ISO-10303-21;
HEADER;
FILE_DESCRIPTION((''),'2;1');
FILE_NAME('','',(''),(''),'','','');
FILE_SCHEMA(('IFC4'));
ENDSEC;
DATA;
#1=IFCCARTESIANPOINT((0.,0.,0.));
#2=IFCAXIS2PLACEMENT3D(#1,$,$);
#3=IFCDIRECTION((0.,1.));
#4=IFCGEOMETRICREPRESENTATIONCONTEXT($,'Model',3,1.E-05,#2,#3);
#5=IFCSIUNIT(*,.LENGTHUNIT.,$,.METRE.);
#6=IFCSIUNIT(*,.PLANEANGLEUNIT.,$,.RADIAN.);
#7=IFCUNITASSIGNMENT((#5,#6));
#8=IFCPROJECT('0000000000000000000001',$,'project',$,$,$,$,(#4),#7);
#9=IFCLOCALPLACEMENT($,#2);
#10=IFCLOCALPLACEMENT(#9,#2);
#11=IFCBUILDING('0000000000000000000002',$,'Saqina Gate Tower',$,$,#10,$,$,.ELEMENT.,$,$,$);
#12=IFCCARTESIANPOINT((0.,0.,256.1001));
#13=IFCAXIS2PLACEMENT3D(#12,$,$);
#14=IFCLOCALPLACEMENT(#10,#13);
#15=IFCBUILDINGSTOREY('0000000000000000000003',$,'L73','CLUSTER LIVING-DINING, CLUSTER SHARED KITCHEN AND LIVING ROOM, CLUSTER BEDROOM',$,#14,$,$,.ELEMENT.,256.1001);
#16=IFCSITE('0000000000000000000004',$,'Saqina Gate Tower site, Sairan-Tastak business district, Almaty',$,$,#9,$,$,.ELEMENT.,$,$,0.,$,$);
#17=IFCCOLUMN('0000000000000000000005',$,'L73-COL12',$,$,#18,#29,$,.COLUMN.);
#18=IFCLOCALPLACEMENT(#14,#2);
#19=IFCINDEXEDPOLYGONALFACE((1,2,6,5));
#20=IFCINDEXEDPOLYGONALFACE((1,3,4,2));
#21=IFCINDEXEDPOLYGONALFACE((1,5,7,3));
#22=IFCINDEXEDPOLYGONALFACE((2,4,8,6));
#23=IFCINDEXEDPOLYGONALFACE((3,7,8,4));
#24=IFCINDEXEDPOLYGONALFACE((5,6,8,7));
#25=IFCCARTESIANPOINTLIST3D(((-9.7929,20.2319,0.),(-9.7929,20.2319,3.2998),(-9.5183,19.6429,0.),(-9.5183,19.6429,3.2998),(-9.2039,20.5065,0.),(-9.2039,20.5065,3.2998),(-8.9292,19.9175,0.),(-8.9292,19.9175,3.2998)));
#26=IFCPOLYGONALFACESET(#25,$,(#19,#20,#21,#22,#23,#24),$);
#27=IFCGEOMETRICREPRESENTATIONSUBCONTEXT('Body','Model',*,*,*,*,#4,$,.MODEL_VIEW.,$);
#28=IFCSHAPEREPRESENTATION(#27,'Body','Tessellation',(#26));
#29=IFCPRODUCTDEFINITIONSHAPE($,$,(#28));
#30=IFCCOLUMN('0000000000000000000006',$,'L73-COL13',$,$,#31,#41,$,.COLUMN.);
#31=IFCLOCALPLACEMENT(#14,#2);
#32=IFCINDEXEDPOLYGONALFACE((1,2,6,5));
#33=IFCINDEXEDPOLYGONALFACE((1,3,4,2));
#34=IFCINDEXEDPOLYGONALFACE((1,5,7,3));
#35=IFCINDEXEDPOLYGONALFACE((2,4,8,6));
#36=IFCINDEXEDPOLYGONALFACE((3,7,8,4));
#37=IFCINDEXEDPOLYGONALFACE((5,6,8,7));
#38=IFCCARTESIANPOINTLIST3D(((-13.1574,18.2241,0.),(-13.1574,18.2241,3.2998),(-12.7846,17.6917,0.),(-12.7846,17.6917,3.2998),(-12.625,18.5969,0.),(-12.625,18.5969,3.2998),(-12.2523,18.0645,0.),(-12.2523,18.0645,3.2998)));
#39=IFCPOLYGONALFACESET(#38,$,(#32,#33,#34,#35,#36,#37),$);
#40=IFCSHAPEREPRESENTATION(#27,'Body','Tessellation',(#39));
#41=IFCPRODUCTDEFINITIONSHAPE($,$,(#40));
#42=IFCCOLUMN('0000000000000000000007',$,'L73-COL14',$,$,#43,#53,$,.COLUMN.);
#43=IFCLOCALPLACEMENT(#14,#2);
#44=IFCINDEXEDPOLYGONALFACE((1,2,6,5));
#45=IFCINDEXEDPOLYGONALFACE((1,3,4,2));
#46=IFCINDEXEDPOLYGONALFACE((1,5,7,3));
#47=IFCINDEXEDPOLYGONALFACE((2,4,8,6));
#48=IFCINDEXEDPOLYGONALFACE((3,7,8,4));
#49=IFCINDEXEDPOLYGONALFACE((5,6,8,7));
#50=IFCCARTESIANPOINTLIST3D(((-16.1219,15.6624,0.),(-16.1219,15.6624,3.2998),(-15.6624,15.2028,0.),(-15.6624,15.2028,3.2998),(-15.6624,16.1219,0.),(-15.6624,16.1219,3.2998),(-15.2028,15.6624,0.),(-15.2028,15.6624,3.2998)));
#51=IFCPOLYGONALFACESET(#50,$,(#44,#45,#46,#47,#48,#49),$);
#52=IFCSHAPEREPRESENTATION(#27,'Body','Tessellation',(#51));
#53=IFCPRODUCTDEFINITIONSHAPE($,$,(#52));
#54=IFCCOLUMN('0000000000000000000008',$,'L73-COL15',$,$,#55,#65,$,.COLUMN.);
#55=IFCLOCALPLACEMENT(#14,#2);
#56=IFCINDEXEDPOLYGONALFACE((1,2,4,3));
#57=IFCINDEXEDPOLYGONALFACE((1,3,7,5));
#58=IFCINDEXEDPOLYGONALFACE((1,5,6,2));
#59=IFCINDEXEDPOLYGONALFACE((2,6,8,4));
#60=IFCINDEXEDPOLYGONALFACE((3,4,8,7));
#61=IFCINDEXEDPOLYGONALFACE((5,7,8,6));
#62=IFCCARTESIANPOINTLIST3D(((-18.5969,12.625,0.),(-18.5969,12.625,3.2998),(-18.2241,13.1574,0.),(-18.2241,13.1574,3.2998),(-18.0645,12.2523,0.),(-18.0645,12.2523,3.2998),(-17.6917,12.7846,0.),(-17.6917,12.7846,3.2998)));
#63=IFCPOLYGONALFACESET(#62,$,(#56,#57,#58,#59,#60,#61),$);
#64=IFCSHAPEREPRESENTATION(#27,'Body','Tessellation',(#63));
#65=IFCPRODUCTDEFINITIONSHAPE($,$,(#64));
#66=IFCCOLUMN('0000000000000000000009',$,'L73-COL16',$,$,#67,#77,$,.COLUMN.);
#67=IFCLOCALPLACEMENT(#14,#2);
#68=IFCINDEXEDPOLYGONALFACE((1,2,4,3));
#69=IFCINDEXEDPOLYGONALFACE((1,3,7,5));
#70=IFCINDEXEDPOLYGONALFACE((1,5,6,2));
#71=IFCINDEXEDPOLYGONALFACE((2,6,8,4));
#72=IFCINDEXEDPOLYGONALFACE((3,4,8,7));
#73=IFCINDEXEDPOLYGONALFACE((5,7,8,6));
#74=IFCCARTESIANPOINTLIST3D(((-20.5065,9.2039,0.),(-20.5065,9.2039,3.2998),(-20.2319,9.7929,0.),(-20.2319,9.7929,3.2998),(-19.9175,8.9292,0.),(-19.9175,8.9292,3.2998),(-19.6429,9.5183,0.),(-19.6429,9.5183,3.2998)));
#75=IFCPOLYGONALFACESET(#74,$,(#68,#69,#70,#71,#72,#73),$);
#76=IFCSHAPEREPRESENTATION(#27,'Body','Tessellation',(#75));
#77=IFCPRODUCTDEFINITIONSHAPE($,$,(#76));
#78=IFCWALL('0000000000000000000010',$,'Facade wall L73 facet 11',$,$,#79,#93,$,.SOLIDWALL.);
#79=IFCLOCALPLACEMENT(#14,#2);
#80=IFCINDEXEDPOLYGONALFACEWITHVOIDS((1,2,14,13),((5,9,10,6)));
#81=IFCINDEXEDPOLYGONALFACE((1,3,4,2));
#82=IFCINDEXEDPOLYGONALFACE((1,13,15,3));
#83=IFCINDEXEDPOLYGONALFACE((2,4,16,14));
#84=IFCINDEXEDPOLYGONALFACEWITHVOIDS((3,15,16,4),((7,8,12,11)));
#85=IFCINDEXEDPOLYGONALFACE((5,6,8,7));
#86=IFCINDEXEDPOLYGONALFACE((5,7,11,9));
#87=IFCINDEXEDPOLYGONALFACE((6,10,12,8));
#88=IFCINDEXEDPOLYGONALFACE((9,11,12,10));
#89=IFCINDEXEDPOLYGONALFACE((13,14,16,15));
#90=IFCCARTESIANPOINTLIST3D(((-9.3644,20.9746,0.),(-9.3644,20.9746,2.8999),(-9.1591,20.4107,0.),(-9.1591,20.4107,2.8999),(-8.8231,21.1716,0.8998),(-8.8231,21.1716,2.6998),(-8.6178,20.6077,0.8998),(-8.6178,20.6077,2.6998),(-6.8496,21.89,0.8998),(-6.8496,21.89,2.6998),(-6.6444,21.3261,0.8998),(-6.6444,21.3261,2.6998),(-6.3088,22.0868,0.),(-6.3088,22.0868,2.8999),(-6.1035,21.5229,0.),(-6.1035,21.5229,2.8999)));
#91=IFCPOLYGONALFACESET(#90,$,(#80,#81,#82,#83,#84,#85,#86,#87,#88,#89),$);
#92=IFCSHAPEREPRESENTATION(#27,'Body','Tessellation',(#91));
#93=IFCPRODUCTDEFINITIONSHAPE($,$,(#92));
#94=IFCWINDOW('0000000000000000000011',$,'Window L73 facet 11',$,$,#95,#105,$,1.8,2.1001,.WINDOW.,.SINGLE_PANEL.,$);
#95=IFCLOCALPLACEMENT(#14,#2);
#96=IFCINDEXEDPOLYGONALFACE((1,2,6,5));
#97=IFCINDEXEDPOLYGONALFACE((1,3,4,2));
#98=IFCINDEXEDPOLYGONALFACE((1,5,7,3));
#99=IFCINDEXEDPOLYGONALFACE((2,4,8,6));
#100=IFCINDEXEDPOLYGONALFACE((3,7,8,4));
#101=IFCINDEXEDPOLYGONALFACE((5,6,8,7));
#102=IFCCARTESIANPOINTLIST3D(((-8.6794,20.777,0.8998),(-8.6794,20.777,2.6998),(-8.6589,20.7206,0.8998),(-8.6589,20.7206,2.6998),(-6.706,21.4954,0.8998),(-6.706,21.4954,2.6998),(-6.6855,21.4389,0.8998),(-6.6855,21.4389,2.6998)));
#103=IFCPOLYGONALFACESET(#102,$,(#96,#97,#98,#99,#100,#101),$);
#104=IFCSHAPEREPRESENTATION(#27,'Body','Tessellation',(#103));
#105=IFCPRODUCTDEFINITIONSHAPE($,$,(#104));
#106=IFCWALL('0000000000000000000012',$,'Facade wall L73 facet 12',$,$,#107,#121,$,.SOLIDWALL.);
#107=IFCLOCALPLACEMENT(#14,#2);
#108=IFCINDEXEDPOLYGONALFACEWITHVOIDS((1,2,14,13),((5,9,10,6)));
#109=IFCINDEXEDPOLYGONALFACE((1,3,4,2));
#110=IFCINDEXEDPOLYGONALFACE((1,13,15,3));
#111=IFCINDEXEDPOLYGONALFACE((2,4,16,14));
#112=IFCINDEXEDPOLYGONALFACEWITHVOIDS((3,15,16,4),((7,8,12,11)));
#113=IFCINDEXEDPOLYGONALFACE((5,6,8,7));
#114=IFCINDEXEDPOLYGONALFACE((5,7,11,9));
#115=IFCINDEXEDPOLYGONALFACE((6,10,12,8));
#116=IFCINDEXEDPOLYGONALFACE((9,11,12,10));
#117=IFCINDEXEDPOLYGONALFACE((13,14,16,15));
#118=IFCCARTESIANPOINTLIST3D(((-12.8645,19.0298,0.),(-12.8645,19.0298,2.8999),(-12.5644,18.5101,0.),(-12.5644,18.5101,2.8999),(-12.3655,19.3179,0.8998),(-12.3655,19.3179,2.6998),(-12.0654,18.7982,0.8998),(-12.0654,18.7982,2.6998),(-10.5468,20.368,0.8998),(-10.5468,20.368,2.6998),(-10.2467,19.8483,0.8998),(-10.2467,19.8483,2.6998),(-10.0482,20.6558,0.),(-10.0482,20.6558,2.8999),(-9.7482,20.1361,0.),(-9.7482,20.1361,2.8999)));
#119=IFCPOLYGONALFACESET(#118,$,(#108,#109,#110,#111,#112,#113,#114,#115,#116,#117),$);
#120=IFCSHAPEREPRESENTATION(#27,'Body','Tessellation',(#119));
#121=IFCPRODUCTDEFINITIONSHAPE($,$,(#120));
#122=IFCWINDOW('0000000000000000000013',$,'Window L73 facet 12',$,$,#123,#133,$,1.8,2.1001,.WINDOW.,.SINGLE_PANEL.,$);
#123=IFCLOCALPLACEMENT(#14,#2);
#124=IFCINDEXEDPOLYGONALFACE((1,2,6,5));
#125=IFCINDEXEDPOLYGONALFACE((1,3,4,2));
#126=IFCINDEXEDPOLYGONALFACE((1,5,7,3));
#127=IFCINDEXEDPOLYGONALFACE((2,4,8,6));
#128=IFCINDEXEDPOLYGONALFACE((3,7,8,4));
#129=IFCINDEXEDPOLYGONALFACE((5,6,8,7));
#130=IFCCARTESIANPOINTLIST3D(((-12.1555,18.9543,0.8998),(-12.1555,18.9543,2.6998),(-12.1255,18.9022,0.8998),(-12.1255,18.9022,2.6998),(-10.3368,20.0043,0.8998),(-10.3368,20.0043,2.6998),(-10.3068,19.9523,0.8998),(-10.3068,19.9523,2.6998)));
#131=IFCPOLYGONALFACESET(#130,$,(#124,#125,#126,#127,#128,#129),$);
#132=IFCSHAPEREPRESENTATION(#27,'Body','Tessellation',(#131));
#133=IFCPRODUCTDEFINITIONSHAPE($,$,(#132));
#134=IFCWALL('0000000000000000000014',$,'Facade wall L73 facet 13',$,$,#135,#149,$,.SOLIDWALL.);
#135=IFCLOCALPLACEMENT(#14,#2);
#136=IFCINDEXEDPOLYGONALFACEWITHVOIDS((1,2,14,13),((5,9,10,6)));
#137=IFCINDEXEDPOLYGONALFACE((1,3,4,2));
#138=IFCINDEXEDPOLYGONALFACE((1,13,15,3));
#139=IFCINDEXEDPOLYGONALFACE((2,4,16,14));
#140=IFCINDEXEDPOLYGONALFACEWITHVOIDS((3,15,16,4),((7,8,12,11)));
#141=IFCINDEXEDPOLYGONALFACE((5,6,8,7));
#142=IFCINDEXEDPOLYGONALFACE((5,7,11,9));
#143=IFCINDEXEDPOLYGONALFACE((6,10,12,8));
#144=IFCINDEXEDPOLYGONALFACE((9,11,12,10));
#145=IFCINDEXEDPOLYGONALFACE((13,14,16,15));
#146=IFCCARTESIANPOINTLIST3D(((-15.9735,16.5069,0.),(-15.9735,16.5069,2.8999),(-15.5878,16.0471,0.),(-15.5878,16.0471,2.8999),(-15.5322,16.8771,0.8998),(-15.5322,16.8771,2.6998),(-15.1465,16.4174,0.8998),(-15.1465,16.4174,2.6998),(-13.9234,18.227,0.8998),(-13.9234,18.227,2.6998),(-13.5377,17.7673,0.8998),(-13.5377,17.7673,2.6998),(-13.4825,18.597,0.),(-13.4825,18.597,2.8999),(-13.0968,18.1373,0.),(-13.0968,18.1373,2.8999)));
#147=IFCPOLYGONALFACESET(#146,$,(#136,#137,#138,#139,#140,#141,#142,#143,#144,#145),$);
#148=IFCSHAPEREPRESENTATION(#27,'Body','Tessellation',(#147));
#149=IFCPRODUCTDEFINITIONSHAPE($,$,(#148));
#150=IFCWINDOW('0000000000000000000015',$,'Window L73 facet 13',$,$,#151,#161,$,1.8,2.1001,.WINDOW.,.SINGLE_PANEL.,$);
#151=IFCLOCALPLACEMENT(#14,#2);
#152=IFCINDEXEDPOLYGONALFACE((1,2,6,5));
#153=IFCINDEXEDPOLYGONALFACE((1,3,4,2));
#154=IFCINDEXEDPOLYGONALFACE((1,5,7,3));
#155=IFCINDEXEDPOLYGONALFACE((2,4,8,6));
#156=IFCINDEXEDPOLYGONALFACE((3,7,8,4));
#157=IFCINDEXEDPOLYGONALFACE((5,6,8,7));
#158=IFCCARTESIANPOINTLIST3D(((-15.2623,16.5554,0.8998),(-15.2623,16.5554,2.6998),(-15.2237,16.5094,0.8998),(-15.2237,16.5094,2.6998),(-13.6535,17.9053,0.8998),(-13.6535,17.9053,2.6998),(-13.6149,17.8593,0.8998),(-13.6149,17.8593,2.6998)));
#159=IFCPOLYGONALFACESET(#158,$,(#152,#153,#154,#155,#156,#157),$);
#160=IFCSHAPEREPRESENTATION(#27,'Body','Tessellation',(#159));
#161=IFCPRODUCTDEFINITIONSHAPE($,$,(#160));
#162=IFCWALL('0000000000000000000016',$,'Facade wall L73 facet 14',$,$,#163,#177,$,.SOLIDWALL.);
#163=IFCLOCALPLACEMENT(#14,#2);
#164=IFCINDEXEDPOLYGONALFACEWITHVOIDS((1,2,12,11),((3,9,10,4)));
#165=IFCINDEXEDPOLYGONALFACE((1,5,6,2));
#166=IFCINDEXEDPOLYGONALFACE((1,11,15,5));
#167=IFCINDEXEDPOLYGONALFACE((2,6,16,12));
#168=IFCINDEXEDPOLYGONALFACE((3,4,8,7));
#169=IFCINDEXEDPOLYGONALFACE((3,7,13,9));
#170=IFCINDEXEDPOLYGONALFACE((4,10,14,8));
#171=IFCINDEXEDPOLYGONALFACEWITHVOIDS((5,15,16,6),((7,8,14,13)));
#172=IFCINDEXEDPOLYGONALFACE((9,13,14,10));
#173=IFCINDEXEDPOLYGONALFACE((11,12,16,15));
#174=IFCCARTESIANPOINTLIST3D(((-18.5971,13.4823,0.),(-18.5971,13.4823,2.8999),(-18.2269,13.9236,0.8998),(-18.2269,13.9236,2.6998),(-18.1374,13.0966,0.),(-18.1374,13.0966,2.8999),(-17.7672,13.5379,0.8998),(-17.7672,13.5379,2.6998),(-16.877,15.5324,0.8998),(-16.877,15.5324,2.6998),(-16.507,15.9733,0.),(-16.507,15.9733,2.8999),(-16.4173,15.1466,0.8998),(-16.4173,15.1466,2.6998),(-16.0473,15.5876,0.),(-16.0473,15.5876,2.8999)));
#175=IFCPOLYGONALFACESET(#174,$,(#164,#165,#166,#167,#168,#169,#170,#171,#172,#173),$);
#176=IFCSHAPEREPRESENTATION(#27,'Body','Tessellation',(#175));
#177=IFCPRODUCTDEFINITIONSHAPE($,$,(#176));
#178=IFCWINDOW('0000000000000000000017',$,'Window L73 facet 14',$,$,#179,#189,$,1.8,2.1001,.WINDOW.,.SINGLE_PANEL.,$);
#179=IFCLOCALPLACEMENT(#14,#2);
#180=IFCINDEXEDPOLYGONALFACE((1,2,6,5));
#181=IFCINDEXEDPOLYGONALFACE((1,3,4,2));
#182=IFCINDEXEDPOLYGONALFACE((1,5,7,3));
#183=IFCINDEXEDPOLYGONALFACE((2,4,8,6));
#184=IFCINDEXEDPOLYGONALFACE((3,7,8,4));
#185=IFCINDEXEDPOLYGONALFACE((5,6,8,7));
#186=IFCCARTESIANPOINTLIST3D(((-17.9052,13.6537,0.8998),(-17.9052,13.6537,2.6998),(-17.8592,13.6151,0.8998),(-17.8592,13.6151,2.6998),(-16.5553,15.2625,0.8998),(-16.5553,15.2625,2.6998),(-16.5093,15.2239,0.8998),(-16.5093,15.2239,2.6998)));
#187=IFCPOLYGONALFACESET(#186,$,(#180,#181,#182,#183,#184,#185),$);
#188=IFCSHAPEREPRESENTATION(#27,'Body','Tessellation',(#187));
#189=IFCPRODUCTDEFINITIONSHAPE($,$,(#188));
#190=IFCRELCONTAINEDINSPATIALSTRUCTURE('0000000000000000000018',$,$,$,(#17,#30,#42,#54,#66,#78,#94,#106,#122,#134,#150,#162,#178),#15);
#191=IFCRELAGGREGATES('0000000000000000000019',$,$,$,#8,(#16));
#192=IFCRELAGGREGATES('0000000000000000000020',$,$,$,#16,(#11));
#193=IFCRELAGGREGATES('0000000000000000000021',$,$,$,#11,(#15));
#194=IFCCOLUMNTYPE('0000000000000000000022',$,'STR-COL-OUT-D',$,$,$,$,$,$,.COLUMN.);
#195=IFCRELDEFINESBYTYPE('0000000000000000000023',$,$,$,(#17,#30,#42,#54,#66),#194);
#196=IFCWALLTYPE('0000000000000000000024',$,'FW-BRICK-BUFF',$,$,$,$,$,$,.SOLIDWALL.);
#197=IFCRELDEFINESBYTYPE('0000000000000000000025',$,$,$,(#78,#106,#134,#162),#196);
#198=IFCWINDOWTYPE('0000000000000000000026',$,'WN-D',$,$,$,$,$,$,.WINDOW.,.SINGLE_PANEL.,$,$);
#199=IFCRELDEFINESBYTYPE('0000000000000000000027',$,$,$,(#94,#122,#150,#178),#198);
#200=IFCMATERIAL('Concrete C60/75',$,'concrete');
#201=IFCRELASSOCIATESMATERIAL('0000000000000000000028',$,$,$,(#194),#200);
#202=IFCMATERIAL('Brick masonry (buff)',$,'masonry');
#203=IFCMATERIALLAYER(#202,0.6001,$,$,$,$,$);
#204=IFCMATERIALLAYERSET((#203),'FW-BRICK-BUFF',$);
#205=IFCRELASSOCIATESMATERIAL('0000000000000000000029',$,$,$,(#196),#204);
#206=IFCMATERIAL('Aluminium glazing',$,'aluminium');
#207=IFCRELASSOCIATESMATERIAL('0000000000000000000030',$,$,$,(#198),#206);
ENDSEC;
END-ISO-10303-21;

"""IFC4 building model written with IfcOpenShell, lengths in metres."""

from ifc_helpers import new_model, si_unit, direction, frame, frame_2d, origin, origin_2d, place, context, subcontext, project, spatial, rectangle, extrude, material, layer, layer_set, material_profile, profile_set, type_object, element, fill, save


model = new_model("IFC4")

# Units and contexts
model_context = context("Model", 3, precision=1e-05, world=origin(), true_north=direction((0.0, 1.0)))
body_context = subcontext(model_context, "Body", "Model", "MODEL_VIEW")
ifc_project = project(units=[si_unit("LENGTHUNIT", "METRE"), si_unit("PLANEANGLEUNIT", "RADIAN")], contexts=[model_context])

# Site, building, storey
site_placement = place(None, origin())
site = spatial("IfcSite", under=ifc_project, at=site_placement, Name="Saqina Gate Tower site, Sairan-Tastak business district, Almaty", CompositionType="ELEMENT", RefElevation=0.0)
building_placement = place(site_placement, origin())
building = spatial("IfcBuilding", under=site, at=building_placement, Name="Saqina Gate Tower", CompositionType="ELEMENT")
storey_placement = place(building_placement, frame((0.0, 0.0, 256.1001)))
storey = spatial("IfcBuildingStorey", under=building, at=storey_placement, Name="L73", Description="CLUSTER LIVING-DINING, CLUSTER SHARED KITCHEN AND LIVING ROOM, CLUSTER BEDROOM", CompositionType="ELEMENT", Elevation=256.1001)

# Columns
ifc_material_1 = material(Name="Concrete C60/75", Category="concrete")
ifc_material_profile = material_profile(ifc_material_1, rectangle(XDim=0.6499, YDim=0.6499, at=origin_2d()), Name="RC 650x650")
ifc_profile_set = profile_set([ifc_material_profile], Name="Concrete C60/75")
column_type = type_object("IfcColumnType", Name="STR-COL-OUT-D", PredefinedType="COLUMN", material=ifc_profile_set)
for number, where, z_axis, x_axis, name in (
    (1, (-9.3611, 20.0747, 0.0), (0.0, 0.0, 1.0), (-0.422618, 0.906308, 0.0), "L73-COL12"),
    (2, (-12.7048, 18.1443, 0.0), (0.0, 0.0, 1.0), (-0.573576, 0.819152, 0.0), "L73-COL13"),
    (3, (-15.6624, 15.6624, 0.0), (0.0, 0.0, 1.0), (-0.707107, 0.707107, 0.0), "L73-COL14"),
    (4, (-18.1443, 12.7048, 0.0), (0.0, 0.0, 1.0), (-0.819152, 0.573576, 0.0), "L73-COL15"),
    (5, (-20.0747, 9.3611, 0.0), (0.0, 0.0, 1.0), (-0.906308, 0.422618, 0.0), "L73-COL16"),
):
    element("IfcColumn", number, at=place(storey_placement, frame(where, z_axis=z_axis, x_axis=x_axis)), inside=storey, type_object=column_type, Name=name, PredefinedType="COLUMN", context=body_context, shape_type="SweptSolid", body=[
        extrude(rectangle(XDim=0.6499, YDim=0.6499, at=origin_2d()), origin(), (0.0, 0.0, 1.0), 3.2998),
    ])

# Walls, openings, windows
ifc_material_2 = material(Name="Brick masonry (buff)", Category="masonry")
ifc_layer_1 = layer(ifc_material_2, 0.6001)
ifc_layer_set_1 = layer_set([ifc_layer_1], Name="FW-BRICK-BUFF")
wall_type_1 = type_object("IfcWallType", Name="FW-BRICK-BUFF", PredefinedType="SOLIDWALL", material=ifc_layer_set_1)
wall_1_placement = place(storey_placement, frame((-6.2061, 21.8049, 0.0), z_axis=(0.0, 0.0, 1.0), x_axis=(-0.939679, -0.342057, 0.0)))
wall_1 = element("IfcWall", 6, at=wall_1_placement, inside=storey, type_object=wall_type_1, Name="Facade wall L73 facet 11", PredefinedType="SOLIDWALL", context=body_context, shape_type="SweptSolid", body=[
    extrude(rectangle(XDim=3.2517, YDim=0.6001, at=frame_2d((1.626, 0.0))), origin(), (0.0, 0.0, 1.0), 2.8999),
])
opening_1_placement = place(wall_1_placement, frame((0.5757, 0.0, 0.8999)))
opening_1 = element("IfcOpeningElement", 7, at=opening_1_placement, cuts=wall_1, PredefinedType="OPENING", context=body_context, shape_type="SweptSolid", body=[
    extrude(rectangle(XDim=2.1001, YDim=1.8, at=frame_2d((1.05, 0.8999))), frame((0.0, 0.312, 0.0), z_axis=(0.0, -1.0, 0.0), x_axis=(1.0, 0.0, 0.0)), (0.0, 0.0, 1.0), 0.624),
])
ifc_material_3 = material(Name="Aluminium glazing", Category="aluminium")
window_type = type_object("IfcWindowType", Name="WN-D", PartitioningType="SINGLE_PANEL", PredefinedType="WINDOW", material=ifc_material_3)
window_1_placement = place(opening_1_placement, origin())
window_1 = element("IfcWindow", 8, at=window_1_placement, inside=storey, type_object=window_type, Name="Window L73 facet 11", OverallHeight=1.8, OverallWidth=2.1001, PartitioningType="SINGLE_PANEL", PredefinedType="WINDOW", context=body_context, shape_type="SweptSolid", body=[
    extrude(rectangle(XDim=2.1001, YDim=1.8, at=frame_2d((1.05, 0.8999))), frame((0.0, 0.1799, 0.0), z_axis=(0.0, -1.0, 0.0), x_axis=(1.0, 0.0, 0.0)), (0.0, 0.0, 1.0), 0.0601),
])
fill(opening_1, window_1)
wall_2_placement = place(storey_placement, frame((-9.8982, 20.396, 0.0), z_axis=(0.0, 0.0, 1.0), x_axis=(-0.866017, -0.500015, 0.0)))
wall_2 = element("IfcWall", 9, at=wall_2_placement, inside=storey, type_object=wall_type_1, Name="Facade wall L73 facet 12", PredefinedType="SOLIDWALL", context=body_context, shape_type="SweptSolid", body=[
    extrude(rectangle(XDim=3.252, YDim=0.6001, at=frame_2d((1.626, 0.0))), origin(), (0.0, 0.0, 1.0), 2.8999),
])
opening_2_placement = place(wall_2_placement, frame((0.5757, 0.0, 0.8999)))
opening_2 = element("IfcOpeningElement", 10, at=opening_2_placement, cuts=wall_2, PredefinedType="OPENING", context=body_context, shape_type="SweptSolid", body=[
    extrude(rectangle(XDim=2.1001, YDim=1.8, at=frame_2d((1.05, 0.8999))), frame((0.0, 0.312, 0.0), z_axis=(0.0, -1.0, 0.0), x_axis=(1.0, 0.0, 0.0)), (0.0, 0.0, 1.0), 0.624),
])
window_2_placement = place(opening_2_placement, origin())
window_2 = element("IfcWindow", 11, at=window_2_placement, inside=storey, type_object=window_type, Name="Window L73 facet 12", OverallHeight=1.8, OverallWidth=2.1001, PartitioningType="SINGLE_PANEL", PredefinedType="WINDOW", context=body_context, shape_type="SweptSolid", body=[
    extrude(rectangle(XDim=2.1001, YDim=1.8, at=frame_2d((1.05, 0.8999))), frame((0.0, 0.1799, 0.0), z_axis=(0.0, -1.0, 0.0), x_axis=(1.0, 0.0, 0.0)), (0.0, 0.0, 1.0), 0.0601),
])
fill(opening_2, window_2)
wall_3_placement = place(storey_placement, frame((-13.2896, 18.3672, 0.0), z_axis=(0.0, 0.0, 1.0), x_axis=(-0.766057, -0.642773, 0.0)))
wall_3 = element("IfcWall", 12, at=wall_3_placement, inside=storey, type_object=wall_type_1, Name="Facade wall L73 facet 13", PredefinedType="SOLIDWALL", context=body_context, shape_type="SweptSolid", body=[
    extrude(rectangle(XDim=3.2517, YDim=0.6001, at=frame_2d((1.626, 0.0))), origin(), (0.0, 0.0, 1.0), 2.8999),
])
opening_3_placement = place(wall_3_placement, frame((0.5757, 0.0, 0.8999)))
opening_3 = element("IfcOpeningElement", 13, at=opening_3_placement, cuts=wall_3, PredefinedType="OPENING", context=body_context, shape_type="SweptSolid", body=[
    extrude(rectangle(XDim=2.1001, YDim=1.8, at=frame_2d((1.05, 0.8999))), frame((0.0, 0.312, 0.0), z_axis=(0.0, -1.0, 0.0), x_axis=(1.0, 0.0, 0.0)), (0.0, 0.0, 1.0), 0.624),
])
window_3_placement = place(opening_3_placement, origin())
window_3 = element("IfcWindow", 14, at=window_3_placement, inside=storey, type_object=window_type, Name="Window L73 facet 13", OverallHeight=1.8, OverallWidth=2.1001, PartitioningType="SINGLE_PANEL", PredefinedType="WINDOW", context=body_context, shape_type="SweptSolid", body=[
    extrude(rectangle(XDim=2.1001, YDim=1.8, at=frame_2d((1.05, 0.8999))), frame((0.0, 0.1799, 0.0), z_axis=(0.0, -1.0, 0.0), x_axis=(1.0, 0.0, 0.0)), (0.0, 0.0, 1.0), 0.0601),
])
fill(opening_3, window_3)
wall_4_placement = place(storey_placement, frame((-16.2771, 15.7805, 0.0), z_axis=(0.0, 0.0, 1.0), x_axis=(-0.642773, -0.766057, 0.0)))
wall_4 = element("IfcWall", 15, at=wall_4_placement, inside=storey, type_object=wall_type_1, Name="Facade wall L73 facet 14", PredefinedType="SOLIDWALL", context=body_context, shape_type="SweptSolid", body=[
    extrude(rectangle(XDim=3.2517, YDim=0.6001, at=frame_2d((1.626, 0.0))), origin(), (0.0, 0.0, 1.0), 2.8999),
])
opening_4_placement = place(wall_4_placement, frame((0.5757, 0.0, 0.8999)))
opening_4 = element("IfcOpeningElement", 16, at=opening_4_placement, cuts=wall_4, PredefinedType="OPENING", context=body_context, shape_type="SweptSolid", body=[
    extrude(rectangle(XDim=2.1001, YDim=1.8, at=frame_2d((1.05, 0.8999))), frame((0.0, 0.312, 0.0), z_axis=(0.0, -1.0, 0.0), x_axis=(1.0, 0.0, 0.0)), (0.0, 0.0, 1.0), 0.624),
])
window_4_placement = place(opening_4_placement, origin())
window_4 = element("IfcWindow", 17, at=window_4_placement, inside=storey, type_object=window_type, Name="Window L73 facet 14", OverallHeight=1.8, OverallWidth=2.1001, PartitioningType="SINGLE_PANEL", PredefinedType="WINDOW", context=body_context, shape_type="SweptSolid", body=[
    extrude(rectangle(XDim=2.1001, YDim=1.8, at=frame_2d((1.05, 0.8999))), frame((0.0, 0.1799, 0.0), z_axis=(0.0, -1.0, 0.0), x_axis=(1.0, 0.0, 0.0)), (0.0, 0.0, 1.0), 0.0601),
])
fill(opening_4, window_4)

save(model, "model.ifc")
